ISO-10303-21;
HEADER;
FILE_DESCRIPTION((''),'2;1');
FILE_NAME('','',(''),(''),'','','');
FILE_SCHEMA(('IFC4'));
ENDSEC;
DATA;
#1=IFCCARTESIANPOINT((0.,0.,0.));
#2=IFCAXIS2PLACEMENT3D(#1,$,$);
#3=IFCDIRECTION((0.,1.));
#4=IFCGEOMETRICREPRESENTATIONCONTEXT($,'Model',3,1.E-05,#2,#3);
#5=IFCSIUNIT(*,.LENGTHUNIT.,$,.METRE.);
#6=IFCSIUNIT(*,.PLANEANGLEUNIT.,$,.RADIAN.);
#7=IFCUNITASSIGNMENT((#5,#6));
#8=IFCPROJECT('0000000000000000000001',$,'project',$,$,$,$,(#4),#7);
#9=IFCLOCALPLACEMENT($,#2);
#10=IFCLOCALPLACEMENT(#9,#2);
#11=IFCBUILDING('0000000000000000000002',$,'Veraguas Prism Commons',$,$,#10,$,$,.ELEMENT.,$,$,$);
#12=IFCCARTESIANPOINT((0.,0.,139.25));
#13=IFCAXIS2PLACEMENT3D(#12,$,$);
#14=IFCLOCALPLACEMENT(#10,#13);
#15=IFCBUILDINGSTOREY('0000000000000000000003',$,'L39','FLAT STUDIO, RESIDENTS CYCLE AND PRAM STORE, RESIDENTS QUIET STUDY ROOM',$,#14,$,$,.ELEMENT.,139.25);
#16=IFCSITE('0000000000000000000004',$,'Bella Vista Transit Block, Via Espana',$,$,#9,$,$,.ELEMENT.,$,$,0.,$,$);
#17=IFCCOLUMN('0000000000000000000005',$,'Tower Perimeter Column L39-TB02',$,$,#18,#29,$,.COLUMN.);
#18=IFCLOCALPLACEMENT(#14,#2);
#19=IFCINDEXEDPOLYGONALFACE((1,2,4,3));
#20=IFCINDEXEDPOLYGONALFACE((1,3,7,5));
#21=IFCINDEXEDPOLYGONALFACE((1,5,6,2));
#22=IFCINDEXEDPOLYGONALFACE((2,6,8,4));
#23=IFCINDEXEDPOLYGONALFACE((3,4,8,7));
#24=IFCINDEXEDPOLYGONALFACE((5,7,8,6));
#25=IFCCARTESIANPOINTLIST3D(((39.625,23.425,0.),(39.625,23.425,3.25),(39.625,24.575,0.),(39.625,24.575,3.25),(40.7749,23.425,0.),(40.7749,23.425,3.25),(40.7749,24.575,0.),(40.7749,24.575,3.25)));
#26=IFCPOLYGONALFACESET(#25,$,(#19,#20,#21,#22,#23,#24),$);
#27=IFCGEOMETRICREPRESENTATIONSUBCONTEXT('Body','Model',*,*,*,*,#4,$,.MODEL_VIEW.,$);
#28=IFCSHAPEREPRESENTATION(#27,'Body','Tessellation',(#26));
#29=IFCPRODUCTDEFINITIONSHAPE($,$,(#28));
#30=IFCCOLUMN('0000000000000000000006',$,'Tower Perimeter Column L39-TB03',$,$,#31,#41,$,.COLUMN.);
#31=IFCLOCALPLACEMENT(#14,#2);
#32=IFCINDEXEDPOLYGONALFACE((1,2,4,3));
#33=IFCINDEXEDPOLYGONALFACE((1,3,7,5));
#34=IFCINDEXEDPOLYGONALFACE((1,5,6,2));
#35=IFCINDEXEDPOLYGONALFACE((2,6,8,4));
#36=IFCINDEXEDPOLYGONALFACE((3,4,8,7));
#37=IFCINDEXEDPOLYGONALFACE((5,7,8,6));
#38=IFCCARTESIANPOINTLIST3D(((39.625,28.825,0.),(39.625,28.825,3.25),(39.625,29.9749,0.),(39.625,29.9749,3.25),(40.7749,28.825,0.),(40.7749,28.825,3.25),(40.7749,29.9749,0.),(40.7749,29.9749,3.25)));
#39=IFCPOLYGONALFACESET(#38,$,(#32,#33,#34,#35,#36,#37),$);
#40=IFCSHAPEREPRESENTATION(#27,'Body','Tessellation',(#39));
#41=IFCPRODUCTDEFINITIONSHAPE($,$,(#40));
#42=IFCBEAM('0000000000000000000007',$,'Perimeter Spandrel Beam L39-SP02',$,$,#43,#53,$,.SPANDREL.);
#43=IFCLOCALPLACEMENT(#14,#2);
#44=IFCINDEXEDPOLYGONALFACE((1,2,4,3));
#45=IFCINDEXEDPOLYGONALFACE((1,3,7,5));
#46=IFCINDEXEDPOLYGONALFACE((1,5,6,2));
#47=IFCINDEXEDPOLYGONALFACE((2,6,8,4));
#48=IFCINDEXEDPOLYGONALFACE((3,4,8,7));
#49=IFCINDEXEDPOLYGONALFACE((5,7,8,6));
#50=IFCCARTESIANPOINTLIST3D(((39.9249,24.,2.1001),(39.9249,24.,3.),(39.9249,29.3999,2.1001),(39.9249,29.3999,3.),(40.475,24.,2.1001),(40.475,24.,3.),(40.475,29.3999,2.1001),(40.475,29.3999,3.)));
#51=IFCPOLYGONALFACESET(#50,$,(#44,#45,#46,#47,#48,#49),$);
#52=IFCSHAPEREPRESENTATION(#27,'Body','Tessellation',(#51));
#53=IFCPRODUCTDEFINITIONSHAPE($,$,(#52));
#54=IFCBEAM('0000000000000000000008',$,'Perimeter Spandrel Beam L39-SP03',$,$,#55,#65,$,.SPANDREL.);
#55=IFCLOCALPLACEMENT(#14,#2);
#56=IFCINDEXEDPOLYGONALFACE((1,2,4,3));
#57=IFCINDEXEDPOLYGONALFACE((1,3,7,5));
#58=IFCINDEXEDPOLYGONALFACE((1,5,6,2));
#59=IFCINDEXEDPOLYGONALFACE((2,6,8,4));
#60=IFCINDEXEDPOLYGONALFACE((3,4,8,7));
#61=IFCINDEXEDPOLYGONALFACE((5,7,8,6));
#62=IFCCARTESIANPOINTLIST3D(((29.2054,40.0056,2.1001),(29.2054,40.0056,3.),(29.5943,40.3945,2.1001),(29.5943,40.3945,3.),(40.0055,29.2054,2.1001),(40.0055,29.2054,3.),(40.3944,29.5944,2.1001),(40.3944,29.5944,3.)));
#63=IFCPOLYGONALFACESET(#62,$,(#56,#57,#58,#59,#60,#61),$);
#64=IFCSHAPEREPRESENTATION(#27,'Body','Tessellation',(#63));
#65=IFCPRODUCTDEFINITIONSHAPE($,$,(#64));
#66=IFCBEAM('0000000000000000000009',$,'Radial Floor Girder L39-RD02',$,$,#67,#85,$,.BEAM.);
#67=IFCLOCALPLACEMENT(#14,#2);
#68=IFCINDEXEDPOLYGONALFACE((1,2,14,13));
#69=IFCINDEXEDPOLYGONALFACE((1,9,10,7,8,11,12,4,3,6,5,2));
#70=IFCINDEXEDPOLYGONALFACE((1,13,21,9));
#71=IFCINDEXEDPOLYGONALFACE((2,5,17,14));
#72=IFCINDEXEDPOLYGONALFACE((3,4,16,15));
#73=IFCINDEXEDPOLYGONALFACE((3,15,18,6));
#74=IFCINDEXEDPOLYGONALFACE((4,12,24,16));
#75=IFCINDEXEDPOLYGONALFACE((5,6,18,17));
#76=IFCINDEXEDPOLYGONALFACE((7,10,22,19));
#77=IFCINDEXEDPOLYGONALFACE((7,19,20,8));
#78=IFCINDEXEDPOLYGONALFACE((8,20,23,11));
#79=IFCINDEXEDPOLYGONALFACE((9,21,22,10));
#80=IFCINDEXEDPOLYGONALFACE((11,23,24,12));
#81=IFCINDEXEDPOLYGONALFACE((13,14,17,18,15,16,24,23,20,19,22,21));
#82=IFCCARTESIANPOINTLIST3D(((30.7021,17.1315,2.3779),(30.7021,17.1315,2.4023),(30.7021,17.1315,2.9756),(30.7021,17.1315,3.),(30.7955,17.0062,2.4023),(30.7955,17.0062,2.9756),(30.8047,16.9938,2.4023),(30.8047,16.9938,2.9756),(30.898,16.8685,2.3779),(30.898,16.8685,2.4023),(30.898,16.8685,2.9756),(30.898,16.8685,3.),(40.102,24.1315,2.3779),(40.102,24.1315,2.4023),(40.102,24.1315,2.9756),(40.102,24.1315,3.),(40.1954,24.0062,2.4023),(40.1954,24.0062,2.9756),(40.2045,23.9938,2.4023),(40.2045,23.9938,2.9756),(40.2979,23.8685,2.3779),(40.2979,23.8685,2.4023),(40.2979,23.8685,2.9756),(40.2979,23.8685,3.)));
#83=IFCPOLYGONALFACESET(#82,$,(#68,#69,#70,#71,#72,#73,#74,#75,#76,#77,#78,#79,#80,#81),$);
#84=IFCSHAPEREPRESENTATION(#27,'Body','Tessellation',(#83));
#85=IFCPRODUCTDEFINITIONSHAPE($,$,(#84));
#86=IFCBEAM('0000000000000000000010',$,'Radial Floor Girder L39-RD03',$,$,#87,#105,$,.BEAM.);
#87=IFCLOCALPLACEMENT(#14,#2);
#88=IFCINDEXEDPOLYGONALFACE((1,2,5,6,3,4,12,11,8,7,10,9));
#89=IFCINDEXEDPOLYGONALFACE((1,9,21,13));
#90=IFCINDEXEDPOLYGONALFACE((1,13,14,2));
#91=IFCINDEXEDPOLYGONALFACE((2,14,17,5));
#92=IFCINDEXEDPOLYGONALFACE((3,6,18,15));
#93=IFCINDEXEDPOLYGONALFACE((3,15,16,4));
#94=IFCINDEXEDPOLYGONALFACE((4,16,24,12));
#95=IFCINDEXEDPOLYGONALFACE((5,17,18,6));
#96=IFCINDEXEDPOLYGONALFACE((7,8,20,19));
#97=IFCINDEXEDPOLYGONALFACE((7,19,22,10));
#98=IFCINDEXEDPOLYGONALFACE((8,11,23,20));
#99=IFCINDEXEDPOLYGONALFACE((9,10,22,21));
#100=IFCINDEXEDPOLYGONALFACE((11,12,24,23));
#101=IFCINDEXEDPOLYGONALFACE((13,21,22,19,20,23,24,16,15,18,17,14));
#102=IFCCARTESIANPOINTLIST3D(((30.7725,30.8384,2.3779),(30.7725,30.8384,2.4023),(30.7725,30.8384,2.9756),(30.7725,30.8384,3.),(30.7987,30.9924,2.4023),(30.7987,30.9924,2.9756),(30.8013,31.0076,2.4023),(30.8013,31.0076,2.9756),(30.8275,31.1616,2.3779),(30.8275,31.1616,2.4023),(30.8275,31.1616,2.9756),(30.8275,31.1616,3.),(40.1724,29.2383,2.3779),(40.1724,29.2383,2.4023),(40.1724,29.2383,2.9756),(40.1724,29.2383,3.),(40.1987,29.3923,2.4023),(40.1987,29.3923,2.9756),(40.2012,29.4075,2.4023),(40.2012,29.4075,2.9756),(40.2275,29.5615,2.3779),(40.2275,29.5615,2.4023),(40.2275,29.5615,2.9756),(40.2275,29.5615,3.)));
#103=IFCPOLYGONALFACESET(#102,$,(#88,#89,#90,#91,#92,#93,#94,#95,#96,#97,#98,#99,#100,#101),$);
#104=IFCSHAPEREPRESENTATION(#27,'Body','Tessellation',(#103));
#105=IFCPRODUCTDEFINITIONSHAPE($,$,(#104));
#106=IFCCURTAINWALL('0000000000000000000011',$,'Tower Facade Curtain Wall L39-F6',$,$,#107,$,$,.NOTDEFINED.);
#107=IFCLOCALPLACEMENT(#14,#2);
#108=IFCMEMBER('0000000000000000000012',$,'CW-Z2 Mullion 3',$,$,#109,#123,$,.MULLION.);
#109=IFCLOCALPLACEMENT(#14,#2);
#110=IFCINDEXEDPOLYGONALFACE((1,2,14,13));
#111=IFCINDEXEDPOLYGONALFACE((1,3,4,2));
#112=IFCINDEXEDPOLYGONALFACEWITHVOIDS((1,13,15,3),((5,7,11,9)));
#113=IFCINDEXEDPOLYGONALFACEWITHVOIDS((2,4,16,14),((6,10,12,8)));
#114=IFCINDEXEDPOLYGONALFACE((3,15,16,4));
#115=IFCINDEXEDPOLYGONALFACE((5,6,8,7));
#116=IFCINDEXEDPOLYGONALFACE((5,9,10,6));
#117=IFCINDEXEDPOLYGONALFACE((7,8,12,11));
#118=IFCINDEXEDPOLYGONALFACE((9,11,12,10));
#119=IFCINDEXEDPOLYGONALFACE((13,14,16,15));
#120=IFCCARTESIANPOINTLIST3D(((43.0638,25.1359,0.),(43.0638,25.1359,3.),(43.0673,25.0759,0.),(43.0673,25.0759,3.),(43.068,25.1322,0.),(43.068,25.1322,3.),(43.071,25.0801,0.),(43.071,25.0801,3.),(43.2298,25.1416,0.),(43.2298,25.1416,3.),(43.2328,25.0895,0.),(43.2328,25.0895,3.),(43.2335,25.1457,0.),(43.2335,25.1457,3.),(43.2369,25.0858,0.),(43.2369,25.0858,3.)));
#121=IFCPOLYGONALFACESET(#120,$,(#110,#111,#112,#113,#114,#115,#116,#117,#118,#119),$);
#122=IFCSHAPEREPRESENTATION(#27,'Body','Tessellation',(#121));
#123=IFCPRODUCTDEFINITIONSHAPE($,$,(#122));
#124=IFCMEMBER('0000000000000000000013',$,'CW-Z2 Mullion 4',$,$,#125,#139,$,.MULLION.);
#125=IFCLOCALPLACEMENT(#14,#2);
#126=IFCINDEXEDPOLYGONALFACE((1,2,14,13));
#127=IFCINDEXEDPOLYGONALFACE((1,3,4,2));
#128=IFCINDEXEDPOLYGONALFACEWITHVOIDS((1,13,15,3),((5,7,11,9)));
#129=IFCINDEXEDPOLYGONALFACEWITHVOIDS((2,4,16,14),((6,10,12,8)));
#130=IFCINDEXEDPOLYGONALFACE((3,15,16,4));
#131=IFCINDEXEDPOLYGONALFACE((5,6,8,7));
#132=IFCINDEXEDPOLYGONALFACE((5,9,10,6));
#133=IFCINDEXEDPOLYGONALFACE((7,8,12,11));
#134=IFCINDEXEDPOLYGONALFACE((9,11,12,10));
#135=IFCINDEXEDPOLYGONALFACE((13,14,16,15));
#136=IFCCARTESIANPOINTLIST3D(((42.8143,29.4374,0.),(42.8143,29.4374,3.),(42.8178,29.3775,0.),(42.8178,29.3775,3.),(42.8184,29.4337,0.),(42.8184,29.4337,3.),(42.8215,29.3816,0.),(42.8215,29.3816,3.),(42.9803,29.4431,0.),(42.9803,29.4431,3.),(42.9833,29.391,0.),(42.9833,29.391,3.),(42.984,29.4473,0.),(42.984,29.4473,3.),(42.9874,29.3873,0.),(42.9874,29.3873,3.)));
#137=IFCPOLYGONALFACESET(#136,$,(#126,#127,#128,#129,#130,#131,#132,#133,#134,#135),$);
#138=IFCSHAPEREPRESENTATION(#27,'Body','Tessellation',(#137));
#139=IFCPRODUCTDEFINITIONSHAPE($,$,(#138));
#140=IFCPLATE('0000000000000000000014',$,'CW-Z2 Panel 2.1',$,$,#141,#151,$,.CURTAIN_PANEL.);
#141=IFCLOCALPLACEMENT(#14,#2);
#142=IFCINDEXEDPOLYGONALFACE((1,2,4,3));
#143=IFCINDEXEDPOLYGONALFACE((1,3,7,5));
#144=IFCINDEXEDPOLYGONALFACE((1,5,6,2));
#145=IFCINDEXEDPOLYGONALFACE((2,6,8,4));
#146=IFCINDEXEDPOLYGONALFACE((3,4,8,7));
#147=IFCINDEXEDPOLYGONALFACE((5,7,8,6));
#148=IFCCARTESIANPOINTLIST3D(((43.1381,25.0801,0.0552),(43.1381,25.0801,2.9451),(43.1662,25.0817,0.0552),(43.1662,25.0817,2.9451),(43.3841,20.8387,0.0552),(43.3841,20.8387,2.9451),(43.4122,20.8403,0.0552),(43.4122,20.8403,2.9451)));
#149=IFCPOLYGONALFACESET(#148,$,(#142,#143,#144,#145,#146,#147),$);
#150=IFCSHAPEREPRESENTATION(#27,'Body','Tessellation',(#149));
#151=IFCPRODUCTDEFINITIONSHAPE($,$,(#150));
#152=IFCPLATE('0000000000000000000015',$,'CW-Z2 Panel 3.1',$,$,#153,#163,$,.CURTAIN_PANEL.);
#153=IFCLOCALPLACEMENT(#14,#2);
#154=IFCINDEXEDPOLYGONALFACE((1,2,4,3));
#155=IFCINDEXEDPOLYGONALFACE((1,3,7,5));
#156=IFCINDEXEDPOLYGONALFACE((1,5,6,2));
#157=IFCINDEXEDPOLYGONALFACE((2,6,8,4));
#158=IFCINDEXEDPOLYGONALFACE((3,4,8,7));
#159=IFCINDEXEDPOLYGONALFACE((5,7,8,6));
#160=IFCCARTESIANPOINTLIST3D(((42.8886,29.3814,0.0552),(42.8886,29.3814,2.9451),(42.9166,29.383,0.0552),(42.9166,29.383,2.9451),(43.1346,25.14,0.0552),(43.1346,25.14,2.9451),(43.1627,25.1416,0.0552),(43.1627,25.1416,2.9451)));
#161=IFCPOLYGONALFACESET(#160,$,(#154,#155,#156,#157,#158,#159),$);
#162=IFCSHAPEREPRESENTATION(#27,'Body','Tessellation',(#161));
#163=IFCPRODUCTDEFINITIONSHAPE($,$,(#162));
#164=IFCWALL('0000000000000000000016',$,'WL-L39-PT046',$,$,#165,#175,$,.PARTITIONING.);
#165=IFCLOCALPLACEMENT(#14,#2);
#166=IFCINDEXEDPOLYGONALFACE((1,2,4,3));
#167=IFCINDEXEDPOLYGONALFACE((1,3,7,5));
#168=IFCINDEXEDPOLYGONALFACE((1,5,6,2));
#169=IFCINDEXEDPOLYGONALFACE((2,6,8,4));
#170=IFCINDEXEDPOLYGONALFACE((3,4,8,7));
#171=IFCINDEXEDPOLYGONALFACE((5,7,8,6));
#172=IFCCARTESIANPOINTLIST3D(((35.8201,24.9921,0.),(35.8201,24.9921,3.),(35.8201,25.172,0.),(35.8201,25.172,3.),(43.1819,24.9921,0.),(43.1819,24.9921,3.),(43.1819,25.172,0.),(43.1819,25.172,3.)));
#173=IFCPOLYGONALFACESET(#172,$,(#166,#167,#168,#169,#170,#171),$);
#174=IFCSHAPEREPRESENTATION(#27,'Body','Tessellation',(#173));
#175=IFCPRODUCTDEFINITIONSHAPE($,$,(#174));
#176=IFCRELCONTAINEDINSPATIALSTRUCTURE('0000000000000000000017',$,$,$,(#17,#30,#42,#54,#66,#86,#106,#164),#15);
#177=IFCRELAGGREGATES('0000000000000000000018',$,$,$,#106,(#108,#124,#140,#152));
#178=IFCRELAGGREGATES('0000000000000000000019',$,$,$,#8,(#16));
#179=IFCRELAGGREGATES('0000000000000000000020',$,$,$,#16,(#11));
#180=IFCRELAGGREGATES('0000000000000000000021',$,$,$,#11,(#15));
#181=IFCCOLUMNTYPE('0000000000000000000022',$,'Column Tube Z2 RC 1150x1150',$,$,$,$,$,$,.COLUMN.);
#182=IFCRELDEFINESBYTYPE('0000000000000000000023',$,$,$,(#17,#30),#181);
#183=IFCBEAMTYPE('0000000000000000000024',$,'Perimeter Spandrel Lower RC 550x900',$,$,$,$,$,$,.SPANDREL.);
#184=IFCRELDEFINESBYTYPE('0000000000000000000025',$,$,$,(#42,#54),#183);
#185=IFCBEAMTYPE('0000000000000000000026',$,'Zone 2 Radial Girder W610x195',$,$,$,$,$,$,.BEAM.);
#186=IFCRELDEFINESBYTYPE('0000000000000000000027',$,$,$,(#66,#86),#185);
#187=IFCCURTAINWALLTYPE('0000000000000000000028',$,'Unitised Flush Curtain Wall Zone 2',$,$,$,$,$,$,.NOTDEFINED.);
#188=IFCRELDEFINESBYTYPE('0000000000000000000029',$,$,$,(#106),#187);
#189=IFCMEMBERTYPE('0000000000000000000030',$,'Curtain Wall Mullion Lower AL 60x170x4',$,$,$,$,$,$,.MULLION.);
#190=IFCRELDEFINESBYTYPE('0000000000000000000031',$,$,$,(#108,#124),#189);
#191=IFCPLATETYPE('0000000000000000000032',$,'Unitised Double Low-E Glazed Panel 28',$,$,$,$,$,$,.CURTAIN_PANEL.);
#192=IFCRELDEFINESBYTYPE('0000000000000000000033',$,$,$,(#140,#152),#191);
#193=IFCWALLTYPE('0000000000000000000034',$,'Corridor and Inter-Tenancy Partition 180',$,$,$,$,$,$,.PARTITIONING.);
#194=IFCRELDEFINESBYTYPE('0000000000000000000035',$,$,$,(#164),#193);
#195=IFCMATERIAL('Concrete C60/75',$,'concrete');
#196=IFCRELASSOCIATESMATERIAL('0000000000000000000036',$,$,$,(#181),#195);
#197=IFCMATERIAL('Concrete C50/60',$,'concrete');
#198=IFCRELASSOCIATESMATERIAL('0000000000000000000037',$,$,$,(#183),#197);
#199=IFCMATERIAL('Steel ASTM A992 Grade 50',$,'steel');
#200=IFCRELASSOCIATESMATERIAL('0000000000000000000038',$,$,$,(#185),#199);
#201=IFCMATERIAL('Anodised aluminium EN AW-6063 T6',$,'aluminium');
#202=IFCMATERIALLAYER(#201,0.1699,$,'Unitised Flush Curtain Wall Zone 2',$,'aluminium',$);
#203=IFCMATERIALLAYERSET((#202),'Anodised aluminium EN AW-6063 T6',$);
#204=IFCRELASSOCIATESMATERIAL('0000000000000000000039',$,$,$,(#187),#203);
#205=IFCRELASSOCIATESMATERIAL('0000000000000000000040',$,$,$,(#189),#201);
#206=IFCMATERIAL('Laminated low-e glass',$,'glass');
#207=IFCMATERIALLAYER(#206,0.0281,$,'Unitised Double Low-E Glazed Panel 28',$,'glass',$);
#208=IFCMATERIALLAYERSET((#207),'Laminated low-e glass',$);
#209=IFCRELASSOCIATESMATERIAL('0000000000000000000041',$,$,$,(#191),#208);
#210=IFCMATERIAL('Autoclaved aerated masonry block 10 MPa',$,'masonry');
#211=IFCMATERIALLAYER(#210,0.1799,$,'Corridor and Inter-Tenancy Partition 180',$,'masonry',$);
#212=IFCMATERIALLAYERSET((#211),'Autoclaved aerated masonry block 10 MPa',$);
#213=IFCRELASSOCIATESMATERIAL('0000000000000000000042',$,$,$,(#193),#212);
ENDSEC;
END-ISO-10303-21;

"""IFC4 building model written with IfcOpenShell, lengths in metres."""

from ifc_helpers import new_model, si_unit, direction, frame, frame_2d, origin, origin_2d, place, context, subcontext, project, spatial, rectangle, hollow_rectangle, i_section, extrude, source, transform, mapped, material, layer, layer_set, material_profile, profile_set, type_object, element, aggregate, save


model = new_model("IFC4")

# Units and contexts
model_context = context("Model", 3, precision=1e-05, world=origin(), true_north=direction((0.0, 1.0)))
body_context = subcontext(model_context, "Body", "Model", "MODEL_VIEW")
ifc_project = project(units=[si_unit("LENGTHUNIT", "METRE"), si_unit("PLANEANGLEUNIT", "RADIAN")], contexts=[model_context])

# Site, building, storey
site_placement = place(None, origin())
site = spatial("IfcSite", under=ifc_project, at=site_placement, Name="Bella Vista Transit Block, Via Espana", CompositionType="ELEMENT", RefElevation=0.0)
building_placement = place(site_placement, origin())
building = spatial("IfcBuilding", under=site, at=building_placement, Name="Veraguas Prism Commons", CompositionType="ELEMENT")
storey_placement = place(building_placement, frame((0.0, 0.0, 139.25)))
storey = spatial("IfcBuildingStorey", under=building, at=storey_placement, Name="L39", Description="FLAT STUDIO, RESIDENTS CYCLE AND PRAM STORE, RESIDENTS QUIET STUDY ROOM", CompositionType="ELEMENT", Elevation=139.25)

# Columns
ifc_material_1 = material(Name="Concrete C60/75", Category="concrete")
ifc_material_profile_1 = material_profile(ifc_material_1, rectangle(XDim=1.1499, YDim=1.1499, at=origin_2d()), Name="RC1150X1150")
ifc_profile_set_1 = profile_set([ifc_material_profile_1], Name="Concrete C60/75")
column_type = type_object("IfcColumnType", Name="Column Tube Z2 RC 1150x1150", PredefinedType="COLUMN", material=ifc_profile_set_1)
for number, where, z_axis, x_axis, name in (
    (1, (40.2, 24.0, 0.0), (0.0, 0.0, 1.0), (1.0, 0.0, 0.0), "Tower Perimeter Column L39-TB02"),
    (2, (40.2, 29.3999, 0.0), (0.0, 0.0, 1.0), (1.0, 0.0, 0.0), "Tower Perimeter Column L39-TB03"),
):
    element("IfcColumn", number, at=place(storey_placement, frame(where, z_axis=z_axis, x_axis=x_axis)), inside=storey, type_object=column_type, Name=name, PredefinedType="COLUMN", context=body_context, shape_type="SweptSolid", body=[
        extrude(rectangle(XDim=1.1499, YDim=1.1499, at=origin_2d()), origin(), (0.0, 0.0, 1.0), 3.25),
    ])

# Beams
ifc_material_2 = material(Name="Concrete C50/60", Category="concrete")
ifc_material_profile_2 = material_profile(ifc_material_2, rectangle(XDim=0.55, YDim=0.8999, at=origin_2d()), Name="RC550X900")
ifc_profile_set_2 = profile_set([ifc_material_profile_2], Name="Concrete C50/60")
beam_type_1 = type_object("IfcBeamType", Name="Perimeter Spandrel Lower RC 550x900", PredefinedType="SPANDREL", material=ifc_profile_set_2)
beam_1_placement = place(storey_placement, frame((40.2, 24.0, 2.55), z_axis=(0.0, 1.0, 0.0), x_axis=(-1.0, 0.0, 0.0)))
element("IfcBeam", 3, at=beam_1_placement, inside=storey, type_object=beam_type_1, Name="Perimeter Spandrel Beam L39-SP02", PredefinedType="SPANDREL", context=body_context, shape_type="SweptSolid", body=[
    extrude(rectangle(XDim=0.55, YDim=0.8999, at=origin_2d()), origin(), (0.0, 0.0, 1.0), 5.3999),
])
beam_2_placement = place(storey_placement, frame((40.2, 29.3999, 2.55), z_axis=(-0.707107, 0.707107, 0.0), x_axis=(-0.707107, -0.707107, 0.0)))
element("IfcBeam", 4, at=beam_2_placement, inside=storey, type_object=beam_type_1, Name="Perimeter Spandrel Beam L39-SP03", PredefinedType="SPANDREL", context=body_context, shape_type="SweptSolid", body=[
    extrude(rectangle(XDim=0.55, YDim=0.8999, at=origin_2d()), origin(), (0.0, 0.0, 1.0), 15.2737),
])
ifc_material_3 = material(Name="Steel ASTM A992 Grade 50", Category="steel")
ifc_material_profile_3 = material_profile(ifc_material_3, i_section(OverallWidth=0.3279, OverallDepth=0.6221, WebThickness=0.0154, FlangeThickness=0.0244, at=origin_2d()), Name="W610X195")
ifc_profile_set_3 = profile_set([ifc_material_profile_3], Name="Steel ASTM A992 Grade 50")
beam_type_2 = type_object("IfcBeamType", Name="Zone 2 Radial Girder W610x195", PredefinedType="BEAM", material=ifc_profile_set_3)
beam_3_placement = place(storey_placement, frame((40.2, 24.0, 2.689), z_axis=(-0.80204, -0.59727, 0.0), x_axis=(0.59727, -0.80204, 0.0)))
element("IfcBeam", 5, at=beam_3_placement, inside=storey, type_object=beam_type_2, Name="Radial Floor Girder L39-RD02", PredefinedType="BEAM", context=body_context, shape_type="SweptSolid", body=[
    extrude(i_section(OverallWidth=0.3279, OverallDepth=0.6221, WebThickness=0.0154, FlangeThickness=0.0244, at=origin_2d()), origin(), (0.0, 0.0, 1.0), 11.72),
])
beam_4_placement = place(storey_placement, frame((40.2, 29.3999, 2.689), z_axis=(-0.985819, 0.167811, 0.0), x_axis=(-0.167811, -0.985819, 0.0)))
element("IfcBeam", 6, at=beam_4_placement, inside=storey, type_object=beam_type_2, Name="Radial Floor Girder L39-RD03", PredefinedType="BEAM", context=body_context, shape_type="SweptSolid", body=[
    extrude(i_section(OverallWidth=0.3279, OverallDepth=0.6221, WebThickness=0.0154, FlangeThickness=0.0244, at=origin_2d()), origin(), (0.0, 0.0, 1.0), 9.5352),
])

# Curtain wall, members, plates
ifc_material_4 = material(Name="Anodised aluminium EN AW-6063 T6", Category="aluminium")
ifc_layer_1 = layer(ifc_material_4, 0.1699, Name="Unitised Flush Curtain Wall Zone 2", Category="aluminium")
ifc_layer_set_1 = layer_set([ifc_layer_1], Name="Anodised aluminium EN AW-6063 T6")
curtain_wall_type = type_object("IfcCurtainWallType", Name="Unitised Flush Curtain Wall Zone 2", PredefinedType="NOTDEFINED", material=ifc_layer_set_1)
curtain_wall_placement = place(storey_placement, origin())
curtain_wall = element("IfcCurtainWall", 7, at=curtain_wall_placement, inside=storey, type_object=curtain_wall_type, Name="Tower Facade Curtain Wall L39-F6", PredefinedType="NOTDEFINED")
ifc_material_profile_4 = material_profile(ifc_material_4, hollow_rectangle(XDim=0.0601, YDim=0.1699, WallThickness=0.0039, at=origin_2d()), Name="AL60X170X4")
ifc_profile_set_4 = profile_set([ifc_material_profile_4], Name="Anodised aluminium EN AW-6063 T6")
member_type = type_object("IfcMemberType", Name="Curtain Wall Mullion Lower AL 60x170x4", PredefinedType="MULLION", material=ifc_profile_set_4)
shared_shape_1 = source(origin(), body_context, "Body", "SweptSolid", [
    extrude(hollow_rectangle(XDim=0.0601, YDim=0.1699, WallThickness=0.0039, at=origin_2d()), origin(), (0.0, 0.0, 1.0), 3.0),
])
member_1_placement = place(storey_placement, frame((43.1504, 25.1108, 0.0), z_axis=(0.0, 0.0, 1.0), x_axis=(-0.057907, 0.998322, 0.0)))
member_1 = element("IfcMember", 8, at=member_1_placement, type_object=member_type, Name="CW-Z2 Mullion 3", PredefinedType="MULLION", context=body_context, shape_type="MappedRepresentation", body=[
    mapped(shared_shape_1, transform((0.0, 0.0, 0.0), scale=1.0)),
])
member_2_placement = place(storey_placement, frame((42.9009, 29.4124, 0.0), z_axis=(0.0, 0.0, 1.0), x_axis=(-0.057907, 0.998322, 0.0)))
member_2 = element("IfcMember", 9, at=member_2_placement, type_object=member_type, Name="CW-Z2 Mullion 4", PredefinedType="MULLION", context=body_context, shape_type="MappedRepresentation", body=[
    mapped(shared_shape_1, transform((0.0, 0.0, 0.0), scale=1.0)),
])
ifc_material_5 = material(Name="Laminated low-e glass", Category="glass")
ifc_layer_2 = layer(ifc_material_5, 0.0281, Name="Unitised Double Low-E Glazed Panel 28", Category="glass")
ifc_layer_set_2 = layer_set([ifc_layer_2], Name="Laminated low-e glass")
plate_type = type_object("IfcPlateType", Name="Unitised Double Low-E Glazed Panel 28", PredefinedType="CURTAIN_PANEL", material=ifc_layer_set_2)
shared_shape_2 = source(origin(), body_context, "Body", "SweptSolid", [
    extrude(rectangle(XDim=4.2485, YDim=0.0281, at=origin_2d()), origin(), (0.0, 0.0, 1.0), 2.8899),
])
plate_1_placement = place(storey_placement, frame((43.2751, 22.9602, 0.0552), z_axis=(0.0, 0.0, 1.0), x_axis=(-0.057907, 0.998322, 0.0)))
plate_1 = element("IfcPlate", 10, at=plate_1_placement, type_object=plate_type, Name="CW-Z2 Panel 2.1", PredefinedType="CURTAIN_PANEL", context=body_context, shape_type="MappedRepresentation", body=[
    mapped(shared_shape_2, transform((0.0, 0.0, 0.0), scale=1.0)),
])
plate_2_placement = place(storey_placement, frame((43.0256, 27.2615, 0.0552), z_axis=(0.0, 0.0, 1.0), x_axis=(-0.057907, 0.998322, 0.0)))
plate_2 = element("IfcPlate", 11, at=plate_2_placement, type_object=plate_type, Name="CW-Z2 Panel 3.1", PredefinedType="CURTAIN_PANEL", context=body_context, shape_type="MappedRepresentation", body=[
    mapped(shared_shape_2, transform((0.0, 0.0, 0.0), scale=1.0)),
])
aggregate(curtain_wall, [member_1, member_2, plate_1, plate_2])

# Wall
ifc_material_6 = material(Name="Autoclaved aerated masonry block 10 MPa", Category="masonry")
ifc_layer_3 = layer(ifc_material_6, 0.1799, Name="Corridor and Inter-Tenancy Partition 180", Category="masonry")
ifc_layer_set_3 = layer_set([ifc_layer_3], Name="Autoclaved aerated masonry block 10 MPa")
wall_type_1 = type_object("IfcWallType", Name="Corridor and Inter-Tenancy Partition 180", PredefinedType="PARTITIONING", material=ifc_layer_set_3)
wall_1_placement = place(storey_placement, frame((35.8201, 25.082, 0.0), z_axis=(0.0, 0.0, 1.0), x_axis=(1.0, 0.0, 0.0)))
element("IfcWall", 12, at=wall_1_placement, inside=storey, type_object=wall_type_1, Name="WL-L39-PT046", PredefinedType="PARTITIONING", context=body_context, shape_type="SweptSolid", body=[
    extrude(rectangle(XDim=7.3618, YDim=0.1799, at=frame_2d((3.6809, 0.0))), origin(), (0.0, 0.0, 1.0), 3.0),
])

save(model, "model.ifc")
